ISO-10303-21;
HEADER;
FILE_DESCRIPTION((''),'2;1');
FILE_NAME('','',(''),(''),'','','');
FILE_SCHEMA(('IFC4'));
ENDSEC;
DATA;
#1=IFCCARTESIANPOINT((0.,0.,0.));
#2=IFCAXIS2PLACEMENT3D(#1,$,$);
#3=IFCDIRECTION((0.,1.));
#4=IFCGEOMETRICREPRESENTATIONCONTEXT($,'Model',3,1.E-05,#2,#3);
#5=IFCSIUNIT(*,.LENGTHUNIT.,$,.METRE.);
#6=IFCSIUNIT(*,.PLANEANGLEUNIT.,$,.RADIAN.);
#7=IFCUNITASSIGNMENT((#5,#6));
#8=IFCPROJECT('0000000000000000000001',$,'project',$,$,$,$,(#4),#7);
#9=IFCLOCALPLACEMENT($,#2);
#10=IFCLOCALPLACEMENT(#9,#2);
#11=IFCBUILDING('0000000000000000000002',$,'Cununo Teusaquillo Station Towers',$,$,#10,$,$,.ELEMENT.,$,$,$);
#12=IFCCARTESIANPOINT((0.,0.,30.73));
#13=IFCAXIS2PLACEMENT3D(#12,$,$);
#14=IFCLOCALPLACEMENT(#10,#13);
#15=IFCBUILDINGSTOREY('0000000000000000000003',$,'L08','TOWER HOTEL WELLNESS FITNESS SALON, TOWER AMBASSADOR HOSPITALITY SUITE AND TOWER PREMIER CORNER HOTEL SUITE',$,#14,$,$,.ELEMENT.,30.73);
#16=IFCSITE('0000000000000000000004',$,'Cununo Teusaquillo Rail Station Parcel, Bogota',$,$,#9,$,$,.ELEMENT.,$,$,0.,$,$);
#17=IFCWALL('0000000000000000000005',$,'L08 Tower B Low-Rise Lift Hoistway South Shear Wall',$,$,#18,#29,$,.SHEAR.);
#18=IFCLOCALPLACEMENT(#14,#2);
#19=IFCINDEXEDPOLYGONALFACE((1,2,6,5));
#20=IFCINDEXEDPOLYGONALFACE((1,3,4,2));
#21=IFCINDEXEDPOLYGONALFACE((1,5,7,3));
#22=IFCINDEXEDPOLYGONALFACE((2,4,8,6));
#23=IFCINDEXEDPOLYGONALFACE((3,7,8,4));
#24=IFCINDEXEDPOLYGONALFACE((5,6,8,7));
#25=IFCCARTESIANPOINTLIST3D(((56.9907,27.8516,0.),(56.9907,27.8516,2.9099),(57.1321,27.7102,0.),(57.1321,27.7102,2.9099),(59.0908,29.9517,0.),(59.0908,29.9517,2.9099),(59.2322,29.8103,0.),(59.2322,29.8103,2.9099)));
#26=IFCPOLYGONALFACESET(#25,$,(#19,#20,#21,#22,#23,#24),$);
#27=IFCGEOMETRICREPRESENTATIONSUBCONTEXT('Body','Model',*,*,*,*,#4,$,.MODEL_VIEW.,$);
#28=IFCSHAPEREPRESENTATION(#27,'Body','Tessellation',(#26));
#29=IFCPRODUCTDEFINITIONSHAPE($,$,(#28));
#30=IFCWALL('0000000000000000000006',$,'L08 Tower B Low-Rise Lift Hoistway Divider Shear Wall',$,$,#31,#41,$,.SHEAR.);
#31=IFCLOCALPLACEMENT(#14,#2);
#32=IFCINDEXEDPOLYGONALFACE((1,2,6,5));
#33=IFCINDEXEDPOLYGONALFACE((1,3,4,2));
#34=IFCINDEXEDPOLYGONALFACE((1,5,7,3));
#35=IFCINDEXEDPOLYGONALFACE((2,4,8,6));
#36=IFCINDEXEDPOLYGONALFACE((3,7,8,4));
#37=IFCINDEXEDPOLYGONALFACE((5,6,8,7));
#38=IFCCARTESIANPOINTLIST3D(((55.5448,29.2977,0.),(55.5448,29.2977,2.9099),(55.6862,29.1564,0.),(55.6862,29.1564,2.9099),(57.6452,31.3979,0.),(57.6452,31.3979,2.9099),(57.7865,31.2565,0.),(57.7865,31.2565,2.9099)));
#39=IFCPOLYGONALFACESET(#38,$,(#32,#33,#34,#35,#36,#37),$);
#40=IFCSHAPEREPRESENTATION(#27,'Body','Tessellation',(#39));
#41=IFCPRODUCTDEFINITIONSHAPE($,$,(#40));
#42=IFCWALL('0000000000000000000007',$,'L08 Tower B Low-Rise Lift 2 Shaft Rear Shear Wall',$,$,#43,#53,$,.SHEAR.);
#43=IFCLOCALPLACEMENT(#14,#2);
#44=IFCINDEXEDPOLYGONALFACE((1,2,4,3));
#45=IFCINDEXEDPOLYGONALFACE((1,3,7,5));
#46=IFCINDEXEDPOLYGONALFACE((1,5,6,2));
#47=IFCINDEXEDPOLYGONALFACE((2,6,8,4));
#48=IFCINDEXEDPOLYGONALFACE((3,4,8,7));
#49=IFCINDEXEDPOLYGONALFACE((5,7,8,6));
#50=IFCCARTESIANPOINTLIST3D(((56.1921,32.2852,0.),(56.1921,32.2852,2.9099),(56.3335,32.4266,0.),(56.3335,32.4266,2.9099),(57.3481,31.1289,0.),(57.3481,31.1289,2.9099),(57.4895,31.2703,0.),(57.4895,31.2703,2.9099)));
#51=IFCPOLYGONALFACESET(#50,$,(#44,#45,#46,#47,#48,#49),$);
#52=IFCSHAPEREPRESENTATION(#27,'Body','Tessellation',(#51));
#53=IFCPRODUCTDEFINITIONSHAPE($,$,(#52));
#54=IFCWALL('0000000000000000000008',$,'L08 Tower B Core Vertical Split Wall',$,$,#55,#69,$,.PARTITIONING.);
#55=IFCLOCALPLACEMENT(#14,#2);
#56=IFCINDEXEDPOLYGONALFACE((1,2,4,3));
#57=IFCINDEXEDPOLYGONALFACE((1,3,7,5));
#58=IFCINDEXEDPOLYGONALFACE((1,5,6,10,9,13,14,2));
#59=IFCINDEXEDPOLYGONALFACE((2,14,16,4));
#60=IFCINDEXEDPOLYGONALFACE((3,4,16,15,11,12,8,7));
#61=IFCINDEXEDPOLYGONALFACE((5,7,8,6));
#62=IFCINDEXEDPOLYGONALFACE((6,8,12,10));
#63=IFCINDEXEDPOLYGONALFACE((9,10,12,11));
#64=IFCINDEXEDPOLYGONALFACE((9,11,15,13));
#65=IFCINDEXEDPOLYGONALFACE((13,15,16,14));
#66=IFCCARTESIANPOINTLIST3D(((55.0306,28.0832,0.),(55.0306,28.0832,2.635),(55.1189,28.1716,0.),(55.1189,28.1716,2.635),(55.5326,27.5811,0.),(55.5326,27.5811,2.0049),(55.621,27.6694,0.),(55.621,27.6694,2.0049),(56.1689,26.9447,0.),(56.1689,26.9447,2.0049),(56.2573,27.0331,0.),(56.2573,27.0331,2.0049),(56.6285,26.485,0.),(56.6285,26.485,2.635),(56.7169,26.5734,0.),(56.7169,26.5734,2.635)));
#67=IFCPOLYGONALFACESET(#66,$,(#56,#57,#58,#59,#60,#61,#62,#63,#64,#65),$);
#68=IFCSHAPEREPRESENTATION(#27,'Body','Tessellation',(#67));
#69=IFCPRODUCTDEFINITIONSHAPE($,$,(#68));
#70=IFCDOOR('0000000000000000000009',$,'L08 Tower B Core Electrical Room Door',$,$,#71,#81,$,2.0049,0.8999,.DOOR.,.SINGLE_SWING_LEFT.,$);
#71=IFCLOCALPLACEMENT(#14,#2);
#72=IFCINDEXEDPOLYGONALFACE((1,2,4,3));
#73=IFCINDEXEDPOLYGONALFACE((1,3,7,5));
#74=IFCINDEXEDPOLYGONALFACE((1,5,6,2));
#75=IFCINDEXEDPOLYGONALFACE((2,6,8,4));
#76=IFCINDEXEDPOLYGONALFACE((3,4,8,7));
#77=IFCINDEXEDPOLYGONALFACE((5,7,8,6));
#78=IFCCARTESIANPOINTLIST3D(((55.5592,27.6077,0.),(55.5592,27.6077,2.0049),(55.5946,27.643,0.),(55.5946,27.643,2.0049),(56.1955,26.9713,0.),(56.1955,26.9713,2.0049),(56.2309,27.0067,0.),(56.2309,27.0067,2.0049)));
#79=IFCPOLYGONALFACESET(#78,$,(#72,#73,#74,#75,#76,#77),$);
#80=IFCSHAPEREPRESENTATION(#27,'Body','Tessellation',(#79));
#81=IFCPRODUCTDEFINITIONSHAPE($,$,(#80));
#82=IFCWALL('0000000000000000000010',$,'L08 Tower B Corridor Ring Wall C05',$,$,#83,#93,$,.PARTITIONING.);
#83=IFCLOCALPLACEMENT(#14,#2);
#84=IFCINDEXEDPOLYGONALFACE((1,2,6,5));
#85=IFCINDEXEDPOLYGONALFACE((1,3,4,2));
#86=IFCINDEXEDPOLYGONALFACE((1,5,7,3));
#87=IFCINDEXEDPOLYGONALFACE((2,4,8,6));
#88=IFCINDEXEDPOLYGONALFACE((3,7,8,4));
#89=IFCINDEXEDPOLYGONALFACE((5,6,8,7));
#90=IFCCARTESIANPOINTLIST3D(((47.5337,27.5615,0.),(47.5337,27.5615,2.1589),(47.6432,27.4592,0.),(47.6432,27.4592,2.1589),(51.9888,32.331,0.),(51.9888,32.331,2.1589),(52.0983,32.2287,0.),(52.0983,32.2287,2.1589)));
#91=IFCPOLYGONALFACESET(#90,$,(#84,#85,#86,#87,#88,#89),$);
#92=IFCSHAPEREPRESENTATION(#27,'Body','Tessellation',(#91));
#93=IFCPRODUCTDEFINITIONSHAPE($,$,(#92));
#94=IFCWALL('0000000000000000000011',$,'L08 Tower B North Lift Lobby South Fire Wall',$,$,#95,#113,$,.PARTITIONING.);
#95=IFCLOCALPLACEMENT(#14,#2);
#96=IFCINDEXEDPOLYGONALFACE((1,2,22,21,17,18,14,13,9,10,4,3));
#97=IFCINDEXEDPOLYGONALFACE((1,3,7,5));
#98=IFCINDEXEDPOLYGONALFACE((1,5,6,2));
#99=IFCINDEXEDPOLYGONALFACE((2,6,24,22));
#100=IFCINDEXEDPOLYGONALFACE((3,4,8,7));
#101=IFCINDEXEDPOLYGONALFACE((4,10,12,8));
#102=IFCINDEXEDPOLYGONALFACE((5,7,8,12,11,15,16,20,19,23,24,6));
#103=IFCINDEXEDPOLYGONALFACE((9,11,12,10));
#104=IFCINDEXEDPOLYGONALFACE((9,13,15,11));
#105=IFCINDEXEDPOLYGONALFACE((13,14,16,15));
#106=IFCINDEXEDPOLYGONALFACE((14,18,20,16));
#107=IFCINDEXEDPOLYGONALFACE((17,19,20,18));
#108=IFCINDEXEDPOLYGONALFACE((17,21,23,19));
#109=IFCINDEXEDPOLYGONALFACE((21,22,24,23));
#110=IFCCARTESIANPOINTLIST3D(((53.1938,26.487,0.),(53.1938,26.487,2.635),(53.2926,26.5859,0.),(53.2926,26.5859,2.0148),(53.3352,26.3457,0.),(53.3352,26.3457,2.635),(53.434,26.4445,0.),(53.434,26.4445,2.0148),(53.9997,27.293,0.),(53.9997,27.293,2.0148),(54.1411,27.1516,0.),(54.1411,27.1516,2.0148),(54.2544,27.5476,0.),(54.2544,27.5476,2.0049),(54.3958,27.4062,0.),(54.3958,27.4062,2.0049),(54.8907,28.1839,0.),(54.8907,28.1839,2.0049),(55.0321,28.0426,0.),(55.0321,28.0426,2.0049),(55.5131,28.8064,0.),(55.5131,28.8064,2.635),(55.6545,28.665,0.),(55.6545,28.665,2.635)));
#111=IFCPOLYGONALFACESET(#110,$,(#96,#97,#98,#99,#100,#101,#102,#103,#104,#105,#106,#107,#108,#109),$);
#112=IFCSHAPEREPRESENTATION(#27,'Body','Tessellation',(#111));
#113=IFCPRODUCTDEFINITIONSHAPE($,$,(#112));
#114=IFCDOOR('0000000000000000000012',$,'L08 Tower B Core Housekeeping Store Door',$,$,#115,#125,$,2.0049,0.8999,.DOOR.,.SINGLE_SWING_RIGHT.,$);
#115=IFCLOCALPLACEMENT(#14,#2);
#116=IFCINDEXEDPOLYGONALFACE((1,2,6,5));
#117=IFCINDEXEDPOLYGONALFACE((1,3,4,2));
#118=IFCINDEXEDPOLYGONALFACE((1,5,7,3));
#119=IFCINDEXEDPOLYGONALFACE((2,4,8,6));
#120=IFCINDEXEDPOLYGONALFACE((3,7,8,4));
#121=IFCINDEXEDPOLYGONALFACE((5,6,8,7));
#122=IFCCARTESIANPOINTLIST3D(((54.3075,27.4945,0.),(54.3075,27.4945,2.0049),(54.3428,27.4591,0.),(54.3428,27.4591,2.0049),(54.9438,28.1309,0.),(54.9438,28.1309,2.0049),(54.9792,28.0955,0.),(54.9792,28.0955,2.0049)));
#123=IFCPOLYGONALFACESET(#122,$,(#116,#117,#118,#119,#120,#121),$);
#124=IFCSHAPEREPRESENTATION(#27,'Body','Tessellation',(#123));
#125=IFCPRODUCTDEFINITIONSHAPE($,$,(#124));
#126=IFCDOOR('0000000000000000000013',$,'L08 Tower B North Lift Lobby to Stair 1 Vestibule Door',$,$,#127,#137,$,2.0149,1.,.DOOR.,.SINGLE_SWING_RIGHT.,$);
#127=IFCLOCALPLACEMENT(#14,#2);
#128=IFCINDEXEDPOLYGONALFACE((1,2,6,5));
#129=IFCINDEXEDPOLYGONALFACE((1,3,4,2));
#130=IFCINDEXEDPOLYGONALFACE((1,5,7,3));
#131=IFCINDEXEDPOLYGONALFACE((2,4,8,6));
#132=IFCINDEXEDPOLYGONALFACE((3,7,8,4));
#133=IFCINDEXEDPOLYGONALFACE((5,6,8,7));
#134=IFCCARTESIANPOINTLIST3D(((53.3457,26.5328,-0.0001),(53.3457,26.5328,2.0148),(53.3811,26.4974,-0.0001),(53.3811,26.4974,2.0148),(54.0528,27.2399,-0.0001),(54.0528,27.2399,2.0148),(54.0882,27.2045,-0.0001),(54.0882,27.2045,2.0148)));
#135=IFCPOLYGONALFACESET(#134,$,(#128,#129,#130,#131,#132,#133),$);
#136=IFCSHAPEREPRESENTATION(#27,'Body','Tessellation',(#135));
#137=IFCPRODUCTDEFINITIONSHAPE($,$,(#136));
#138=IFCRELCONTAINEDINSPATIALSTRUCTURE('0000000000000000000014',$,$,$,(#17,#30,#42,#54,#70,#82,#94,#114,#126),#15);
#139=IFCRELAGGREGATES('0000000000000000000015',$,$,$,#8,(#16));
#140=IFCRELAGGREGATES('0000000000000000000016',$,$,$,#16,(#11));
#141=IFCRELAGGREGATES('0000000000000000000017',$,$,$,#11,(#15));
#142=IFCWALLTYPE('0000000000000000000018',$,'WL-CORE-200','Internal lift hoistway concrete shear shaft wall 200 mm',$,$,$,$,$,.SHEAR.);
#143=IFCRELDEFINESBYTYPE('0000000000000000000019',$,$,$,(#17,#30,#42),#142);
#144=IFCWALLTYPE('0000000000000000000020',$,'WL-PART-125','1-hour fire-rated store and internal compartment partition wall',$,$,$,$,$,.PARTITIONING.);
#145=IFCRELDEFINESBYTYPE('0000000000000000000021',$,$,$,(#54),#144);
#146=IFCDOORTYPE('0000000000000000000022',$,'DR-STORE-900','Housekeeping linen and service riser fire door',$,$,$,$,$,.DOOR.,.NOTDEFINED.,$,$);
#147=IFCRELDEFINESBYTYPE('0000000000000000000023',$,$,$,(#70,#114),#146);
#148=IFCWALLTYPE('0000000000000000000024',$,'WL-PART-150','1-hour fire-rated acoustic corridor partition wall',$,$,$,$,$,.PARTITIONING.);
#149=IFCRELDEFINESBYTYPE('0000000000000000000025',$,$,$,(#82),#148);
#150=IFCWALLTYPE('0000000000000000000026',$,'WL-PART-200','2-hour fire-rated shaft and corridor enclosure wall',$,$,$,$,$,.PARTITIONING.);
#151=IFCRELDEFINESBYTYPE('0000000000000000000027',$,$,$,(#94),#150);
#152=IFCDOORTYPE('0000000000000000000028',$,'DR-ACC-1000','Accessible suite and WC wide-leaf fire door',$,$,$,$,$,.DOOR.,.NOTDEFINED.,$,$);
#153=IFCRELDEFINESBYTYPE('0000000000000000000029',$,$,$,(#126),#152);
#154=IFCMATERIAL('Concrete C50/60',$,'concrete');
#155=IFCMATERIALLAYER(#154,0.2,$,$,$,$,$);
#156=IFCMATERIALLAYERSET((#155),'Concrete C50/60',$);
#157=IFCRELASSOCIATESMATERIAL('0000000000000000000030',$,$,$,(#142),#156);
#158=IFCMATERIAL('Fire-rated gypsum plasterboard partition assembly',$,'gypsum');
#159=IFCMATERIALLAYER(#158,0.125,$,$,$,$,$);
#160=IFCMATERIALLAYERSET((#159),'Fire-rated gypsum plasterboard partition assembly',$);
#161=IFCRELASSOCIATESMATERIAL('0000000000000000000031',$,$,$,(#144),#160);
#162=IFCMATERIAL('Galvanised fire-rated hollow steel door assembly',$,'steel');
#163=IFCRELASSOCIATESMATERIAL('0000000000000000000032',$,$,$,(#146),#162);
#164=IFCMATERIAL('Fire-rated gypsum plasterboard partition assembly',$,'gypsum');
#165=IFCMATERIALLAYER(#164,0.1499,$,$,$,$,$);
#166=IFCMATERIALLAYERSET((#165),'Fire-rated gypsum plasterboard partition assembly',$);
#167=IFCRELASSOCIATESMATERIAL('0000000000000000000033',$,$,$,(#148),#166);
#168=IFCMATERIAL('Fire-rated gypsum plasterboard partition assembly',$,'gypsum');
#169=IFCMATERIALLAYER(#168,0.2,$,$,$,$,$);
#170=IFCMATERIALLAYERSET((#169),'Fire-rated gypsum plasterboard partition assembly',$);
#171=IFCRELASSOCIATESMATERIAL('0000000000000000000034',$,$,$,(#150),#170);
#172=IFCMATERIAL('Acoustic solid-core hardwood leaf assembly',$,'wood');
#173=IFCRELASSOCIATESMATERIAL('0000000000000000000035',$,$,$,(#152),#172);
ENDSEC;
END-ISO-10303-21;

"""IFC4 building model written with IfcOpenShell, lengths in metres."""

from ifc_helpers import new_model, si_unit, direction, frame, frame_2d, origin, place, context, subcontext, project, spatial, rectangle, extrude, source, transform, mapped, material, layer, layer_set, type_object, element, fill, save


model = new_model("IFC4")

# Units and contexts
model_context = context("Model", 3, precision=1e-05, world=origin(), true_north=direction((0.0, 1.0)))
body_context = subcontext(model_context, "Body", "Model", "MODEL_VIEW")
ifc_project = project(units=[si_unit("LENGTHUNIT", "METRE"), si_unit("PLANEANGLEUNIT", "RADIAN")], contexts=[model_context])

# Site, building, storey
site_placement = place(None, origin())
site = spatial("IfcSite", under=ifc_project, at=site_placement, Name="Cununo Teusaquillo Rail Station Parcel, Bogota", CompositionType="ELEMENT", RefElevation=0.0)
building_placement = place(site_placement, origin())
building = spatial("IfcBuilding", under=site, at=building_placement, Name="Cununo Teusaquillo Station Towers", CompositionType="ELEMENT")
storey_placement = place(building_placement, frame((0.0, 0.0, 30.73)))
storey = spatial("IfcBuildingStorey", under=building, at=storey_placement, Name="L08", Description="TOWER HOTEL WELLNESS FITNESS SALON, TOWER AMBASSADOR HOSPITALITY SUITE AND TOWER PREMIER CORNER HOTEL SUITE", CompositionType="ELEMENT", Elevation=30.73)

# Walls
ifc_material_1 = material(Name="Concrete C50/60", Category="concrete")
ifc_layer_1 = layer(ifc_material_1, 0.2)
ifc_layer_set_1 = layer_set([ifc_layer_1], Name="Concrete C50/60")
wall_type_1 = type_object("IfcWallType", Name="WL-CORE-200", Description="Internal lift hoistway concrete shear shaft wall 200 mm", PredefinedType="SHEAR", material=ifc_layer_set_1)
wall_1_placement = place(storey_placement, frame((57.0615, 27.781, 0.0), z_axis=(0.0, 0.0, 1.0), x_axis=(0.707107, 0.707107, 0.0)))
element("IfcWall", 1, at=wall_1_placement, inside=storey, type_object=wall_type_1, Name="L08 Tower B Low-Rise Lift Hoistway South Shear Wall", PredefinedType="SHEAR", context=body_context, shape_type="SweptSolid", body=[
    extrude(rectangle(XDim=2.97, YDim=0.2, at=frame_2d((1.4849, 0.0))), origin(), (0.0, 0.0, 1.0), 2.9099),
])
wall_2_placement = place(storey_placement, frame((55.6155, 29.2271, 0.0), z_axis=(0.0, 0.0, 1.0), x_axis=(0.707148, 0.707066, 0.0)))
element("IfcWall", 2, at=wall_2_placement, inside=storey, type_object=wall_type_1, Name="L08 Tower B Low-Rise Lift Hoistway Divider Shear Wall", PredefinedType="SHEAR", context=body_context, shape_type="SweptSolid", body=[
    extrude(rectangle(XDim=2.9702, YDim=0.2, at=frame_2d((1.4851, 0.0))), origin(), (0.0, 0.0, 1.0), 2.9099),
])
wall_3_placement = place(storey_placement, frame((57.4187, 31.1997, 0.0), z_axis=(0.0, 0.0, 1.0), x_axis=(-0.707032, 0.707181, 0.0)))
element("IfcWall", 3, at=wall_3_placement, inside=storey, type_object=wall_type_1, Name="L08 Tower B Low-Rise Lift 2 Shaft Rear Shear Wall", PredefinedType="SHEAR", context=body_context, shape_type="SweptSolid", body=[
    extrude(rectangle(XDim=1.635, YDim=0.2, at=frame_2d((0.8174, 0.0))), origin(), (0.0, 0.0, 1.0), 2.9099),
])

# Wall, opening, door
ifc_material_2 = material(Name="Fire-rated gypsum plasterboard partition assembly", Category="gypsum")
ifc_layer_2 = layer(ifc_material_2, 0.125)
ifc_layer_set_2 = layer_set([ifc_layer_2], Name="Fire-rated gypsum plasterboard partition assembly")
wall_type_2 = type_object("IfcWallType", Name="WL-PART-125", Description="1-hour fire-rated store and internal compartment partition wall", PredefinedType="PARTITIONING", material=ifc_layer_set_2)
wall_4_placement = place(storey_placement, frame((56.6726, 26.5293, 0.0), z_axis=(0.0, 0.0, 1.0), x_axis=(-0.707053, 0.707161, 0.0)))
wall_4 = element("IfcWall", 4, at=wall_4_placement, inside=storey, type_object=wall_type_2, Name="L08 Tower B Core Vertical Split Wall", PredefinedType="PARTITIONING", context=body_context, shape_type="SweptSolid", body=[
    extrude(rectangle(XDim=2.26, YDim=0.125, at=frame_2d((1.1299, 0.0))), origin(), (0.0, 0.0, 1.0), 2.635),
])
shared_shape_1 = source(origin(), body_context, "Body", "SweptSolid", [
    extrude(rectangle(XDim=0.8999, YDim=2.0049, at=frame_2d((0.45, 1.0024))), frame((0.0, 0.0725, 0.0), z_axis=(0.0, -1.0, 0.0), x_axis=(1.0, 0.0, 0.0)), (0.0, 0.0, 1.0), 0.145),
])
opening_1_placement = place(wall_4_placement, frame((0.6499, 0.0, 0.0)))
opening_1 = element("IfcOpeningElement", 5, at=opening_1_placement, cuts=wall_4, PredefinedType="OPENING", context=body_context, shape_type="MappedRepresentation", body=[
    mapped(shared_shape_1, transform((0.0, 0.0, 0.0), x_axis=(1.0, 0.0, 0.0), y_axis=(0.0, 1.0, 0.0), z_axis=(0.0, 0.0, 1.0), scale=1.0)),
])
ifc_material_3 = material(Name="Galvanised fire-rated hollow steel door assembly", Category="steel")
door_type_1 = type_object("IfcDoorType", Name="DR-STORE-900", Description="Housekeeping linen and service riser fire door", OperationType="NOTDEFINED", PredefinedType="DOOR", material=ifc_material_3)
shared_shape_2 = source(origin(), body_context, "Body", "SweptSolid", [
    extrude(rectangle(XDim=0.8999, YDim=2.0049, at=frame_2d((0.45, 1.0024))), frame((0.0, 0.0249, 0.0), z_axis=(0.0, -1.0, 0.0), x_axis=(1.0, 0.0, 0.0)), (0.0, 0.0, 1.0), 0.05),
])
door_1_placement = place(opening_1_placement, origin())
door_1 = element("IfcDoor", 6, at=door_1_placement, inside=storey, type_object=door_type_1, Name="L08 Tower B Core Electrical Room Door", OperationType="SINGLE_SWING_LEFT", OverallHeight=2.0049, OverallWidth=0.8999, PredefinedType="DOOR", context=body_context, shape_type="MappedRepresentation", body=[
    mapped(shared_shape_2, transform((0.0, 0.0, 0.0), x_axis=(1.0, 0.0, 0.0), y_axis=(0.0, 1.0, 0.0), z_axis=(0.0, 0.0, 1.0), scale=1.0)),
])
fill(opening_1, door_1)

# Wall
ifc_material_4 = material(Name="Fire-rated gypsum plasterboard partition assembly", Category="gypsum")
ifc_layer_3 = layer(ifc_material_4, 0.1499)
ifc_layer_set_3 = layer_set([ifc_layer_3], Name="Fire-rated gypsum plasterboard partition assembly")
wall_type_3 = type_object("IfcWallType", Name="WL-PART-150", Description="1-hour fire-rated acoustic corridor partition wall", PredefinedType="PARTITIONING", material=ifc_layer_set_3)
wall_5_placement = place(storey_placement, frame((52.0435, 32.2798, 0.0), z_axis=(0.0, 0.0, 1.0), x_axis=(-0.682606, -0.730787, 0.0)))
element("IfcWall", 7, at=wall_5_placement, inside=storey, type_object=wall_type_3, Name="L08 Tower B Corridor Ring Wall C05", PredefinedType="PARTITIONING", context=body_context, shape_type="SweptSolid", body=[
    extrude(rectangle(XDim=6.5266, YDim=0.1499, at=frame_2d((3.2632, 0.0))), origin(), (0.0, 0.0, 1.0), 2.1589),
])

# Wall, openings, doors
ifc_material_5 = material(Name="Fire-rated gypsum plasterboard partition assembly", Category="gypsum")
ifc_layer_4 = layer(ifc_material_5, 0.2)
ifc_layer_set_4 = layer_set([ifc_layer_4], Name="Fire-rated gypsum plasterboard partition assembly")
wall_type_4 = type_object("IfcWallType", Name="WL-PART-200", Description="2-hour fire-rated shaft and corridor enclosure wall", PredefinedType="PARTITIONING", material=ifc_layer_set_4)
wall_6_placement = place(storey_placement, frame((53.2644, 26.4163, 0.0), z_axis=(0.0, 0.0, 1.0), x_axis=(0.707107, 0.707107, 0.0)))
wall_6 = element("IfcWall", 8, at=wall_6_placement, inside=storey, type_object=wall_type_4, Name="L08 Tower B North Lift Lobby South Fire Wall", PredefinedType="PARTITIONING", context=body_context, shape_type="SweptSolid", body=[
    extrude(rectangle(XDim=3.28, YDim=0.2, at=frame_2d((1.6401, 0.0))), origin(), (0.0, 0.0, 1.0), 2.635),
])
shared_shape_3 = source(origin(), body_context, "Body", "SweptSolid", [
    extrude(rectangle(XDim=1.0, YDim=2.0149, at=frame_2d((0.5, 1.0073))), frame((0.0, 0.1099, 0.0), z_axis=(0.0, -1.0, 0.0), x_axis=(1.0, 0.0, 0.0)), (0.0, 0.0, 1.0), 0.22),
])
opening_2_placement = place(wall_6_placement, frame((0.1399, 0.0, 0.0)))
opening_2 = element("IfcOpeningElement", 9, at=opening_2_placement, cuts=wall_6, PredefinedType="OPENING", context=body_context, shape_type="MappedRepresentation", body=[
    mapped(shared_shape_3, transform((0.0, 0.0, 0.0), x_axis=(1.0, 0.0, 0.0), y_axis=(0.0, 1.0, 0.0), z_axis=(0.0, 0.0, 1.0), scale=1.0)),
])
shared_shape_4 = source(origin(), body_context, "Body", "SweptSolid", [
    extrude(rectangle(XDim=0.8999, YDim=2.0049, at=frame_2d((0.45, 1.0024))), frame((0.0, 0.1099, 0.0), z_axis=(0.0, -1.0, 0.0), x_axis=(1.0, 0.0, 0.0)), (0.0, 0.0, 1.0), 0.22),
])
opening_3_placement = place(wall_6_placement, frame((1.5, 0.0, 0.0)))
opening_3 = element("IfcOpeningElement", 10, at=opening_3_placement, cuts=wall_6, PredefinedType="OPENING", context=body_context, shape_type="MappedRepresentation", body=[
    mapped(shared_shape_4, transform((0.0, 0.0, 0.0), x_axis=(1.0, 0.0, 0.0), y_axis=(0.0, 1.0, 0.0), z_axis=(0.0, 0.0, 1.0), scale=1.0)),
])
door_2_placement = place(opening_3_placement, origin())
door_2 = element("IfcDoor", 11, at=door_2_placement, inside=storey, type_object=door_type_1, Name="L08 Tower B Core Housekeeping Store Door", OperationType="SINGLE_SWING_RIGHT", OverallHeight=2.0049, OverallWidth=0.8999, PredefinedType="DOOR", context=body_context, shape_type="MappedRepresentation", body=[
    mapped(shared_shape_2, transform((0.0, 0.0, 0.0), x_axis=(1.0, 0.0, 0.0), y_axis=(0.0, 1.0, 0.0), z_axis=(0.0, 0.0, 1.0), scale=1.0)),
])
fill(opening_3, door_2)
ifc_material_6 = material(Name="Acoustic solid-core hardwood leaf assembly", Category="wood")
door_type_2 = type_object("IfcDoorType", Name="DR-ACC-1000", Description="Accessible suite and WC wide-leaf fire door", OperationType="NOTDEFINED", PredefinedType="DOOR", material=ifc_material_6)
shared_shape_5 = source(origin(), body_context, "Body", "SweptSolid", [
    extrude(rectangle(XDim=1.0, YDim=2.0149, at=frame_2d((0.5, 1.0073))), frame((0.0, 0.0249, 0.0), z_axis=(0.0, -1.0, 0.0), x_axis=(1.0, 0.0, 0.0)), (0.0, 0.0, 1.0), 0.05),
])
door_3_placement = place(opening_2_placement, origin())
door_3 = element("IfcDoor", 12, at=door_3_placement, inside=storey, type_object=door_type_2, Name="L08 Tower B North Lift Lobby to Stair 1 Vestibule Door", OperationType="SINGLE_SWING_RIGHT", OverallHeight=2.0149, OverallWidth=1.0, PredefinedType="DOOR", context=body_context, shape_type="MappedRepresentation", body=[
    mapped(shared_shape_5, transform((0.0, 0.0, 0.0), x_axis=(1.0, 0.0, 0.0), y_axis=(0.0, 1.0, 0.0), z_axis=(0.0, 0.0, 1.0), scale=1.0)),
])
fill(opening_2, door_3)

save(model, "model.ifc")
